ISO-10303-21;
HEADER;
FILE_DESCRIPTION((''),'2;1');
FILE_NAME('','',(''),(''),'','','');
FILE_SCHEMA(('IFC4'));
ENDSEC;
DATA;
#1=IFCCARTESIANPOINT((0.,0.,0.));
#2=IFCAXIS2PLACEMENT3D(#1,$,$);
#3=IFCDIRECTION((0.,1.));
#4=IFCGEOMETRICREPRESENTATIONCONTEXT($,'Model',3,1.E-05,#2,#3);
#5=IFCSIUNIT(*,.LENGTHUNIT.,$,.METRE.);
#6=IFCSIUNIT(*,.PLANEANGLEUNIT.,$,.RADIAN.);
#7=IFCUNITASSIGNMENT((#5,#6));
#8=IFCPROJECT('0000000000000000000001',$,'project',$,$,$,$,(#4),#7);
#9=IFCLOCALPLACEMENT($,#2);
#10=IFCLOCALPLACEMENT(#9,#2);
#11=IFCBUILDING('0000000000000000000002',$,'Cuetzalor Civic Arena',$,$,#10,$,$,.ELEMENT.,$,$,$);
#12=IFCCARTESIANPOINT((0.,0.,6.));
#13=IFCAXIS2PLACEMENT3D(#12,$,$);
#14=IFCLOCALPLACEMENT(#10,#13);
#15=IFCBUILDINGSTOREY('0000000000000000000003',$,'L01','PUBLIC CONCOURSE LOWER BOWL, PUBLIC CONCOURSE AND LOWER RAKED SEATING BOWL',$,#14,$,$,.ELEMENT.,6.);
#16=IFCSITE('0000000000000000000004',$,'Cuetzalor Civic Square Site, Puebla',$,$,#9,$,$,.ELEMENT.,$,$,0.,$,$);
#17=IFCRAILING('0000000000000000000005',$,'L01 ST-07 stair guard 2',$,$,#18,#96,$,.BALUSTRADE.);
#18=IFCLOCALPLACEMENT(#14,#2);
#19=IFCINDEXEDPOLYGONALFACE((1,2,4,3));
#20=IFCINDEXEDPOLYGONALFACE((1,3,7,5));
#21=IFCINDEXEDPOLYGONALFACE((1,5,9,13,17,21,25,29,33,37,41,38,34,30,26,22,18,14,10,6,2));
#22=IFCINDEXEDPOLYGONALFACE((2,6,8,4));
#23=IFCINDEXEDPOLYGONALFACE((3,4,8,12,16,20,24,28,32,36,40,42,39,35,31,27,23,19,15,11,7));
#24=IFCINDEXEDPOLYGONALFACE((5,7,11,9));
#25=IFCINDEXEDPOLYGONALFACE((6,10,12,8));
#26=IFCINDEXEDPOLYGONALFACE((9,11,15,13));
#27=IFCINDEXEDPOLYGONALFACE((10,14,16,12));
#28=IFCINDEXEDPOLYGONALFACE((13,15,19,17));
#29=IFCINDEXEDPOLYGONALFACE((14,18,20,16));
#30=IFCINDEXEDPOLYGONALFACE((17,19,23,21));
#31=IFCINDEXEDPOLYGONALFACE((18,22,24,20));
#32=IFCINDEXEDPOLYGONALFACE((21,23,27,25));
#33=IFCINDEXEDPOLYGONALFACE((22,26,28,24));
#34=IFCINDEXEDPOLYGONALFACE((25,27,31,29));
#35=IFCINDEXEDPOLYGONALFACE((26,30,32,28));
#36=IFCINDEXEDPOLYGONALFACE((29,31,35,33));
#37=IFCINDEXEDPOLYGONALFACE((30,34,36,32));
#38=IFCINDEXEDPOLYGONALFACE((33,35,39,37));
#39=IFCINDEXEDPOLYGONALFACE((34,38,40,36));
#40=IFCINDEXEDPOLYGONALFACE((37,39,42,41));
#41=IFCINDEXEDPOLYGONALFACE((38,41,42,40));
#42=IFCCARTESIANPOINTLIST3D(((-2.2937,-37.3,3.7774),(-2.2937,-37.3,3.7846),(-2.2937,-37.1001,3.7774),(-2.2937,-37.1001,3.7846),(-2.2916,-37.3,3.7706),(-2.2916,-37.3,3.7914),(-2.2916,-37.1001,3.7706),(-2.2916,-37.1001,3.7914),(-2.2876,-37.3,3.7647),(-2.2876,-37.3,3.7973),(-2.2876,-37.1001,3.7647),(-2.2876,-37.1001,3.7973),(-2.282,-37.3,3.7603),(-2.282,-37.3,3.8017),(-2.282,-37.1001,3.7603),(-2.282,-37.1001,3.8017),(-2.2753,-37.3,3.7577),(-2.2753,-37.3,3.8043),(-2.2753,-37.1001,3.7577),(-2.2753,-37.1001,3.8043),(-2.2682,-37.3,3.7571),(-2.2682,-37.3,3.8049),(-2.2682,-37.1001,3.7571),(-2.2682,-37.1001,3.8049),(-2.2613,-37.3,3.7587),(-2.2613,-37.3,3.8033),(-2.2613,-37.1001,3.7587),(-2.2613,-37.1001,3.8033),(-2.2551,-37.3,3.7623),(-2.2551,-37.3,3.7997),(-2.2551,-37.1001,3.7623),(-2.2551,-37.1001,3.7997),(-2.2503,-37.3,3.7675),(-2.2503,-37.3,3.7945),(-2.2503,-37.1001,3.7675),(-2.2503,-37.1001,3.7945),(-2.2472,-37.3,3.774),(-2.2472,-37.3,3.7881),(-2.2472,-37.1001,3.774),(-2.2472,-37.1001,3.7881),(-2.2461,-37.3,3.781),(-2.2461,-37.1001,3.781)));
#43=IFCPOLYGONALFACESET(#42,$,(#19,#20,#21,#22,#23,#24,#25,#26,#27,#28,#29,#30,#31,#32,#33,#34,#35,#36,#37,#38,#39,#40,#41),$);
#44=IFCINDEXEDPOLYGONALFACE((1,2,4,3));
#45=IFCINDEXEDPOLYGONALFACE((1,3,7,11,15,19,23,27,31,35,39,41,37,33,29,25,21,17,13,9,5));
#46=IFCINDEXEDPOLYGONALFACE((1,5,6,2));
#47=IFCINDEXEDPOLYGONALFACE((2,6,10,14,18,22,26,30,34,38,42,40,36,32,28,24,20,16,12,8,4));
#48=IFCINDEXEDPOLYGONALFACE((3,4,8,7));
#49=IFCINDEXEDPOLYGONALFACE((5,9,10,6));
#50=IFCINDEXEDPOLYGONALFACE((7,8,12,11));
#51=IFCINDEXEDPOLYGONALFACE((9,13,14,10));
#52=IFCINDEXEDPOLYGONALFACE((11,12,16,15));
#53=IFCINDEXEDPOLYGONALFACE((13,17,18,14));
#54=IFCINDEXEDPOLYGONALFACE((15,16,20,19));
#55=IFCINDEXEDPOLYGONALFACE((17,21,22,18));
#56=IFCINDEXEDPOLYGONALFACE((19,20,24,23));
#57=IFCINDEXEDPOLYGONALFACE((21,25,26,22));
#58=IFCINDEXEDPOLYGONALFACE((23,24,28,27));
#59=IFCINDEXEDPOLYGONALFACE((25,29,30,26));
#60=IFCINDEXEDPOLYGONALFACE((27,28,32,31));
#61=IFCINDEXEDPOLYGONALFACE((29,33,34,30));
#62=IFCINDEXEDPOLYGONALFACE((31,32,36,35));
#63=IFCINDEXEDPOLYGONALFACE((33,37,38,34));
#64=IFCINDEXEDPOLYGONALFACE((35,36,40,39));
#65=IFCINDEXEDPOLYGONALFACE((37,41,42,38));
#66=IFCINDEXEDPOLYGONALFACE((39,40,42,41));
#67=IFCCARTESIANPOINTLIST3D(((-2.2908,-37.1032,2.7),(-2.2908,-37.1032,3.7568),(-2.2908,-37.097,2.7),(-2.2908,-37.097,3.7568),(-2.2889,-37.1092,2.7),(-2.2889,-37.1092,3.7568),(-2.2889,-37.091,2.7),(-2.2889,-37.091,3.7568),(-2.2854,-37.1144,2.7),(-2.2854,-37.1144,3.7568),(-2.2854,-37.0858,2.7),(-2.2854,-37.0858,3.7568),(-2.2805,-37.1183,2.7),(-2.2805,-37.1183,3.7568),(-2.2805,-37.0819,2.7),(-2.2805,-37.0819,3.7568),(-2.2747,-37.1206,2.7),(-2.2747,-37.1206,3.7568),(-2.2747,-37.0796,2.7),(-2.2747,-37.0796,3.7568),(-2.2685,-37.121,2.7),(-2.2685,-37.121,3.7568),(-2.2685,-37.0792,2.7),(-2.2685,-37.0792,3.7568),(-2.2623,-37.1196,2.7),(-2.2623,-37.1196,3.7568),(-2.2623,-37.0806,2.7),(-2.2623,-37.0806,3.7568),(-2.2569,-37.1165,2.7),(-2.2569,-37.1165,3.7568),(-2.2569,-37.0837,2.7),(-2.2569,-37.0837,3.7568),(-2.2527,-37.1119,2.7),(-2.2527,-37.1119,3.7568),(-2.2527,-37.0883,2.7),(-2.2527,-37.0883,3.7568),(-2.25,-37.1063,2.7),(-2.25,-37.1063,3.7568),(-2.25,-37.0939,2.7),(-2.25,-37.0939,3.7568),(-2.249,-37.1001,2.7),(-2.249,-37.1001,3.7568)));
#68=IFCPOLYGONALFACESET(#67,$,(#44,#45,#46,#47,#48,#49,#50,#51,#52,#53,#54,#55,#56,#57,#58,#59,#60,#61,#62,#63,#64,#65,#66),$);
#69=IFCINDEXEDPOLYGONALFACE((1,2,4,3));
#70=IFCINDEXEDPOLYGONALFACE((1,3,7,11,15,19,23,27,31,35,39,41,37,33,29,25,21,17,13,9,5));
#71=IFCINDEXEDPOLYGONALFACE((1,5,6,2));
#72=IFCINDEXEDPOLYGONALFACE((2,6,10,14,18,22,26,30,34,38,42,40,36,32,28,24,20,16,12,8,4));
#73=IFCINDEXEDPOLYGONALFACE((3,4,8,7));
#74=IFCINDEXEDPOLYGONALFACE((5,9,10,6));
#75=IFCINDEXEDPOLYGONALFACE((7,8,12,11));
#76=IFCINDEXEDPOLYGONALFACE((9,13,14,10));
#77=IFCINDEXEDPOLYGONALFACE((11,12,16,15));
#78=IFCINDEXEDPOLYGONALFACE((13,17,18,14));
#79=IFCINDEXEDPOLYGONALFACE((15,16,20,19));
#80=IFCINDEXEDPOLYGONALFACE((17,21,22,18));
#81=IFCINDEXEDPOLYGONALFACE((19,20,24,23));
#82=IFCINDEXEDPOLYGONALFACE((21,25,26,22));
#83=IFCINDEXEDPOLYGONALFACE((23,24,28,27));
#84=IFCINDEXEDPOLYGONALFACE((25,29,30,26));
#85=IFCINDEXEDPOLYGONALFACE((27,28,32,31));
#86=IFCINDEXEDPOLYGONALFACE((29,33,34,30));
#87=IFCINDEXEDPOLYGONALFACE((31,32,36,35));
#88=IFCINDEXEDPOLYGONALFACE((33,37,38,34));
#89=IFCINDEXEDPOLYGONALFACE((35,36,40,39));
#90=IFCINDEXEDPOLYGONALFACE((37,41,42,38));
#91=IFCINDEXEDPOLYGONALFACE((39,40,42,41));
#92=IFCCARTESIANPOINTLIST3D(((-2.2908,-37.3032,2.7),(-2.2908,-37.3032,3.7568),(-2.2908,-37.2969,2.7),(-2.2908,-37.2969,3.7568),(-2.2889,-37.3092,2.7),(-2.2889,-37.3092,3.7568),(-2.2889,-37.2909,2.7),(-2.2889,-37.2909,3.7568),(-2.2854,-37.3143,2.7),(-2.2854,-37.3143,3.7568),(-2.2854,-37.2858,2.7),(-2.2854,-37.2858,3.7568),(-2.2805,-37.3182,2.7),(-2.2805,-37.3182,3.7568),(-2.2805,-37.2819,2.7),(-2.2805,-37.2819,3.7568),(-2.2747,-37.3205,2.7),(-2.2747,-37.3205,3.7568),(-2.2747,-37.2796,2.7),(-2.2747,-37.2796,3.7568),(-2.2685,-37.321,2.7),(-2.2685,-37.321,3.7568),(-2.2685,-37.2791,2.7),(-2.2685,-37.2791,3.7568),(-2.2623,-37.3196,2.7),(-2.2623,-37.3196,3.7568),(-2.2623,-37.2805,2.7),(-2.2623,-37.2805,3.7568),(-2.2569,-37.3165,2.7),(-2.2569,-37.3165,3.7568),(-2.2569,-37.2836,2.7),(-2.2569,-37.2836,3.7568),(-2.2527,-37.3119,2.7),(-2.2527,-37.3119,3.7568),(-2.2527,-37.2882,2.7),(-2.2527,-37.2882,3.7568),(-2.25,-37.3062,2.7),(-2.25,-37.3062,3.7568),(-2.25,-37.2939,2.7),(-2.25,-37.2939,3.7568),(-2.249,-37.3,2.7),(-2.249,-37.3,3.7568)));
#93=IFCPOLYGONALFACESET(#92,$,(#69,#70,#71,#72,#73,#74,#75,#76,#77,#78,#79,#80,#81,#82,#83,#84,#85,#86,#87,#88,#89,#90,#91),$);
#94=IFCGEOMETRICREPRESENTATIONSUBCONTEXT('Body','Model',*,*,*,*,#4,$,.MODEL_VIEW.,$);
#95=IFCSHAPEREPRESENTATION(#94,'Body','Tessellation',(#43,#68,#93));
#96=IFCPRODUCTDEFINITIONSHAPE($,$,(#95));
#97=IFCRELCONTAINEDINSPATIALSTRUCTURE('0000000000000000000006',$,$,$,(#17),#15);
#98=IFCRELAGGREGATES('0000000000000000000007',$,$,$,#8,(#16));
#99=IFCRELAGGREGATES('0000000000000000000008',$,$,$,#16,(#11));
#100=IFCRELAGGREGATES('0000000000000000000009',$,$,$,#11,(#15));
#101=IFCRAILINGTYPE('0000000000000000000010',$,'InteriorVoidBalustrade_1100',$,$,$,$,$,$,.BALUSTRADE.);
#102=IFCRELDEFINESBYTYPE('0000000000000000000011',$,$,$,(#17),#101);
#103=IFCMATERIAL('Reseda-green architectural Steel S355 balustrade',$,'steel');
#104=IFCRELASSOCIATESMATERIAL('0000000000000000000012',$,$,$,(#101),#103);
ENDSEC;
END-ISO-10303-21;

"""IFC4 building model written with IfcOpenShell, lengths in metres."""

from ifc_helpers import new_model, si_unit, direction, frame, origin, origin_2d, place, context, subcontext, project, spatial, circle, extrude, material, type_object, element, save


model = new_model("IFC4")

# Units and contexts
model_context = context("Model", 3, precision=1e-05, world=origin(), true_north=direction((0.0, 1.0)))
body_context = subcontext(model_context, "Body", "Model", "MODEL_VIEW")
ifc_project = project(units=[si_unit("LENGTHUNIT", "METRE"), si_unit("PLANEANGLEUNIT", "RADIAN")], contexts=[model_context])

# Site, building, storey
site_placement = place(None, origin())
site = spatial("IfcSite", under=ifc_project, at=site_placement, Name="Cuetzalor Civic Square Site, Puebla", CompositionType="ELEMENT", RefElevation=0.0)
building_placement = place(site_placement, origin())
building = spatial("IfcBuilding", under=site, at=building_placement, Name="Cuetzalor Civic Arena", CompositionType="ELEMENT")
storey_placement = place(building_placement, frame((0.0, 0.0, 6.0)))
storey = spatial("IfcBuildingStorey", under=building, at=storey_placement, Name="L01", Description="PUBLIC CONCOURSE LOWER BOWL, PUBLIC CONCOURSE AND LOWER RAKED SEATING BOWL", CompositionType="ELEMENT", Elevation=6.0)

# Railing
ifc_material_1 = material(Name="Reseda-green architectural Steel S355 balustrade", Category="steel")
railing_type_1 = type_object("IfcRailingType", Name="InteriorVoidBalustrade_1100", PredefinedType="BALUSTRADE", material=ifc_material_1)
railing_1_placement = place(storey_placement, frame((-2.27, -37.1001, 2.7)))
element("IfcRailing", 1, at=railing_1_placement, inside=storey, type_object=railing_type_1, Name="L01 ST-07 stair guard 2", PredefinedType="BALUSTRADE", context=body_context, shape_type="SweptSolid", body=[
    extrude(circle(Radius=0.0239, at=origin_2d()), frame((0.0, 0.0, 1.0811), z_axis=(0.0, -1.0, 0.0), x_axis=(1.0, 0.0, 0.0)), (0.0, 0.0, 1.0), 0.2),
    extrude(circle(Radius=0.021, at=origin_2d()), origin(), (0.0, 0.0, 1.0), 1.0569),
    extrude(circle(Radius=0.021, at=origin_2d()), frame((0.0, -0.2, 0.0)), (0.0, 0.0, 1.0), 1.0569),
])

save(model, "model.ifc")
